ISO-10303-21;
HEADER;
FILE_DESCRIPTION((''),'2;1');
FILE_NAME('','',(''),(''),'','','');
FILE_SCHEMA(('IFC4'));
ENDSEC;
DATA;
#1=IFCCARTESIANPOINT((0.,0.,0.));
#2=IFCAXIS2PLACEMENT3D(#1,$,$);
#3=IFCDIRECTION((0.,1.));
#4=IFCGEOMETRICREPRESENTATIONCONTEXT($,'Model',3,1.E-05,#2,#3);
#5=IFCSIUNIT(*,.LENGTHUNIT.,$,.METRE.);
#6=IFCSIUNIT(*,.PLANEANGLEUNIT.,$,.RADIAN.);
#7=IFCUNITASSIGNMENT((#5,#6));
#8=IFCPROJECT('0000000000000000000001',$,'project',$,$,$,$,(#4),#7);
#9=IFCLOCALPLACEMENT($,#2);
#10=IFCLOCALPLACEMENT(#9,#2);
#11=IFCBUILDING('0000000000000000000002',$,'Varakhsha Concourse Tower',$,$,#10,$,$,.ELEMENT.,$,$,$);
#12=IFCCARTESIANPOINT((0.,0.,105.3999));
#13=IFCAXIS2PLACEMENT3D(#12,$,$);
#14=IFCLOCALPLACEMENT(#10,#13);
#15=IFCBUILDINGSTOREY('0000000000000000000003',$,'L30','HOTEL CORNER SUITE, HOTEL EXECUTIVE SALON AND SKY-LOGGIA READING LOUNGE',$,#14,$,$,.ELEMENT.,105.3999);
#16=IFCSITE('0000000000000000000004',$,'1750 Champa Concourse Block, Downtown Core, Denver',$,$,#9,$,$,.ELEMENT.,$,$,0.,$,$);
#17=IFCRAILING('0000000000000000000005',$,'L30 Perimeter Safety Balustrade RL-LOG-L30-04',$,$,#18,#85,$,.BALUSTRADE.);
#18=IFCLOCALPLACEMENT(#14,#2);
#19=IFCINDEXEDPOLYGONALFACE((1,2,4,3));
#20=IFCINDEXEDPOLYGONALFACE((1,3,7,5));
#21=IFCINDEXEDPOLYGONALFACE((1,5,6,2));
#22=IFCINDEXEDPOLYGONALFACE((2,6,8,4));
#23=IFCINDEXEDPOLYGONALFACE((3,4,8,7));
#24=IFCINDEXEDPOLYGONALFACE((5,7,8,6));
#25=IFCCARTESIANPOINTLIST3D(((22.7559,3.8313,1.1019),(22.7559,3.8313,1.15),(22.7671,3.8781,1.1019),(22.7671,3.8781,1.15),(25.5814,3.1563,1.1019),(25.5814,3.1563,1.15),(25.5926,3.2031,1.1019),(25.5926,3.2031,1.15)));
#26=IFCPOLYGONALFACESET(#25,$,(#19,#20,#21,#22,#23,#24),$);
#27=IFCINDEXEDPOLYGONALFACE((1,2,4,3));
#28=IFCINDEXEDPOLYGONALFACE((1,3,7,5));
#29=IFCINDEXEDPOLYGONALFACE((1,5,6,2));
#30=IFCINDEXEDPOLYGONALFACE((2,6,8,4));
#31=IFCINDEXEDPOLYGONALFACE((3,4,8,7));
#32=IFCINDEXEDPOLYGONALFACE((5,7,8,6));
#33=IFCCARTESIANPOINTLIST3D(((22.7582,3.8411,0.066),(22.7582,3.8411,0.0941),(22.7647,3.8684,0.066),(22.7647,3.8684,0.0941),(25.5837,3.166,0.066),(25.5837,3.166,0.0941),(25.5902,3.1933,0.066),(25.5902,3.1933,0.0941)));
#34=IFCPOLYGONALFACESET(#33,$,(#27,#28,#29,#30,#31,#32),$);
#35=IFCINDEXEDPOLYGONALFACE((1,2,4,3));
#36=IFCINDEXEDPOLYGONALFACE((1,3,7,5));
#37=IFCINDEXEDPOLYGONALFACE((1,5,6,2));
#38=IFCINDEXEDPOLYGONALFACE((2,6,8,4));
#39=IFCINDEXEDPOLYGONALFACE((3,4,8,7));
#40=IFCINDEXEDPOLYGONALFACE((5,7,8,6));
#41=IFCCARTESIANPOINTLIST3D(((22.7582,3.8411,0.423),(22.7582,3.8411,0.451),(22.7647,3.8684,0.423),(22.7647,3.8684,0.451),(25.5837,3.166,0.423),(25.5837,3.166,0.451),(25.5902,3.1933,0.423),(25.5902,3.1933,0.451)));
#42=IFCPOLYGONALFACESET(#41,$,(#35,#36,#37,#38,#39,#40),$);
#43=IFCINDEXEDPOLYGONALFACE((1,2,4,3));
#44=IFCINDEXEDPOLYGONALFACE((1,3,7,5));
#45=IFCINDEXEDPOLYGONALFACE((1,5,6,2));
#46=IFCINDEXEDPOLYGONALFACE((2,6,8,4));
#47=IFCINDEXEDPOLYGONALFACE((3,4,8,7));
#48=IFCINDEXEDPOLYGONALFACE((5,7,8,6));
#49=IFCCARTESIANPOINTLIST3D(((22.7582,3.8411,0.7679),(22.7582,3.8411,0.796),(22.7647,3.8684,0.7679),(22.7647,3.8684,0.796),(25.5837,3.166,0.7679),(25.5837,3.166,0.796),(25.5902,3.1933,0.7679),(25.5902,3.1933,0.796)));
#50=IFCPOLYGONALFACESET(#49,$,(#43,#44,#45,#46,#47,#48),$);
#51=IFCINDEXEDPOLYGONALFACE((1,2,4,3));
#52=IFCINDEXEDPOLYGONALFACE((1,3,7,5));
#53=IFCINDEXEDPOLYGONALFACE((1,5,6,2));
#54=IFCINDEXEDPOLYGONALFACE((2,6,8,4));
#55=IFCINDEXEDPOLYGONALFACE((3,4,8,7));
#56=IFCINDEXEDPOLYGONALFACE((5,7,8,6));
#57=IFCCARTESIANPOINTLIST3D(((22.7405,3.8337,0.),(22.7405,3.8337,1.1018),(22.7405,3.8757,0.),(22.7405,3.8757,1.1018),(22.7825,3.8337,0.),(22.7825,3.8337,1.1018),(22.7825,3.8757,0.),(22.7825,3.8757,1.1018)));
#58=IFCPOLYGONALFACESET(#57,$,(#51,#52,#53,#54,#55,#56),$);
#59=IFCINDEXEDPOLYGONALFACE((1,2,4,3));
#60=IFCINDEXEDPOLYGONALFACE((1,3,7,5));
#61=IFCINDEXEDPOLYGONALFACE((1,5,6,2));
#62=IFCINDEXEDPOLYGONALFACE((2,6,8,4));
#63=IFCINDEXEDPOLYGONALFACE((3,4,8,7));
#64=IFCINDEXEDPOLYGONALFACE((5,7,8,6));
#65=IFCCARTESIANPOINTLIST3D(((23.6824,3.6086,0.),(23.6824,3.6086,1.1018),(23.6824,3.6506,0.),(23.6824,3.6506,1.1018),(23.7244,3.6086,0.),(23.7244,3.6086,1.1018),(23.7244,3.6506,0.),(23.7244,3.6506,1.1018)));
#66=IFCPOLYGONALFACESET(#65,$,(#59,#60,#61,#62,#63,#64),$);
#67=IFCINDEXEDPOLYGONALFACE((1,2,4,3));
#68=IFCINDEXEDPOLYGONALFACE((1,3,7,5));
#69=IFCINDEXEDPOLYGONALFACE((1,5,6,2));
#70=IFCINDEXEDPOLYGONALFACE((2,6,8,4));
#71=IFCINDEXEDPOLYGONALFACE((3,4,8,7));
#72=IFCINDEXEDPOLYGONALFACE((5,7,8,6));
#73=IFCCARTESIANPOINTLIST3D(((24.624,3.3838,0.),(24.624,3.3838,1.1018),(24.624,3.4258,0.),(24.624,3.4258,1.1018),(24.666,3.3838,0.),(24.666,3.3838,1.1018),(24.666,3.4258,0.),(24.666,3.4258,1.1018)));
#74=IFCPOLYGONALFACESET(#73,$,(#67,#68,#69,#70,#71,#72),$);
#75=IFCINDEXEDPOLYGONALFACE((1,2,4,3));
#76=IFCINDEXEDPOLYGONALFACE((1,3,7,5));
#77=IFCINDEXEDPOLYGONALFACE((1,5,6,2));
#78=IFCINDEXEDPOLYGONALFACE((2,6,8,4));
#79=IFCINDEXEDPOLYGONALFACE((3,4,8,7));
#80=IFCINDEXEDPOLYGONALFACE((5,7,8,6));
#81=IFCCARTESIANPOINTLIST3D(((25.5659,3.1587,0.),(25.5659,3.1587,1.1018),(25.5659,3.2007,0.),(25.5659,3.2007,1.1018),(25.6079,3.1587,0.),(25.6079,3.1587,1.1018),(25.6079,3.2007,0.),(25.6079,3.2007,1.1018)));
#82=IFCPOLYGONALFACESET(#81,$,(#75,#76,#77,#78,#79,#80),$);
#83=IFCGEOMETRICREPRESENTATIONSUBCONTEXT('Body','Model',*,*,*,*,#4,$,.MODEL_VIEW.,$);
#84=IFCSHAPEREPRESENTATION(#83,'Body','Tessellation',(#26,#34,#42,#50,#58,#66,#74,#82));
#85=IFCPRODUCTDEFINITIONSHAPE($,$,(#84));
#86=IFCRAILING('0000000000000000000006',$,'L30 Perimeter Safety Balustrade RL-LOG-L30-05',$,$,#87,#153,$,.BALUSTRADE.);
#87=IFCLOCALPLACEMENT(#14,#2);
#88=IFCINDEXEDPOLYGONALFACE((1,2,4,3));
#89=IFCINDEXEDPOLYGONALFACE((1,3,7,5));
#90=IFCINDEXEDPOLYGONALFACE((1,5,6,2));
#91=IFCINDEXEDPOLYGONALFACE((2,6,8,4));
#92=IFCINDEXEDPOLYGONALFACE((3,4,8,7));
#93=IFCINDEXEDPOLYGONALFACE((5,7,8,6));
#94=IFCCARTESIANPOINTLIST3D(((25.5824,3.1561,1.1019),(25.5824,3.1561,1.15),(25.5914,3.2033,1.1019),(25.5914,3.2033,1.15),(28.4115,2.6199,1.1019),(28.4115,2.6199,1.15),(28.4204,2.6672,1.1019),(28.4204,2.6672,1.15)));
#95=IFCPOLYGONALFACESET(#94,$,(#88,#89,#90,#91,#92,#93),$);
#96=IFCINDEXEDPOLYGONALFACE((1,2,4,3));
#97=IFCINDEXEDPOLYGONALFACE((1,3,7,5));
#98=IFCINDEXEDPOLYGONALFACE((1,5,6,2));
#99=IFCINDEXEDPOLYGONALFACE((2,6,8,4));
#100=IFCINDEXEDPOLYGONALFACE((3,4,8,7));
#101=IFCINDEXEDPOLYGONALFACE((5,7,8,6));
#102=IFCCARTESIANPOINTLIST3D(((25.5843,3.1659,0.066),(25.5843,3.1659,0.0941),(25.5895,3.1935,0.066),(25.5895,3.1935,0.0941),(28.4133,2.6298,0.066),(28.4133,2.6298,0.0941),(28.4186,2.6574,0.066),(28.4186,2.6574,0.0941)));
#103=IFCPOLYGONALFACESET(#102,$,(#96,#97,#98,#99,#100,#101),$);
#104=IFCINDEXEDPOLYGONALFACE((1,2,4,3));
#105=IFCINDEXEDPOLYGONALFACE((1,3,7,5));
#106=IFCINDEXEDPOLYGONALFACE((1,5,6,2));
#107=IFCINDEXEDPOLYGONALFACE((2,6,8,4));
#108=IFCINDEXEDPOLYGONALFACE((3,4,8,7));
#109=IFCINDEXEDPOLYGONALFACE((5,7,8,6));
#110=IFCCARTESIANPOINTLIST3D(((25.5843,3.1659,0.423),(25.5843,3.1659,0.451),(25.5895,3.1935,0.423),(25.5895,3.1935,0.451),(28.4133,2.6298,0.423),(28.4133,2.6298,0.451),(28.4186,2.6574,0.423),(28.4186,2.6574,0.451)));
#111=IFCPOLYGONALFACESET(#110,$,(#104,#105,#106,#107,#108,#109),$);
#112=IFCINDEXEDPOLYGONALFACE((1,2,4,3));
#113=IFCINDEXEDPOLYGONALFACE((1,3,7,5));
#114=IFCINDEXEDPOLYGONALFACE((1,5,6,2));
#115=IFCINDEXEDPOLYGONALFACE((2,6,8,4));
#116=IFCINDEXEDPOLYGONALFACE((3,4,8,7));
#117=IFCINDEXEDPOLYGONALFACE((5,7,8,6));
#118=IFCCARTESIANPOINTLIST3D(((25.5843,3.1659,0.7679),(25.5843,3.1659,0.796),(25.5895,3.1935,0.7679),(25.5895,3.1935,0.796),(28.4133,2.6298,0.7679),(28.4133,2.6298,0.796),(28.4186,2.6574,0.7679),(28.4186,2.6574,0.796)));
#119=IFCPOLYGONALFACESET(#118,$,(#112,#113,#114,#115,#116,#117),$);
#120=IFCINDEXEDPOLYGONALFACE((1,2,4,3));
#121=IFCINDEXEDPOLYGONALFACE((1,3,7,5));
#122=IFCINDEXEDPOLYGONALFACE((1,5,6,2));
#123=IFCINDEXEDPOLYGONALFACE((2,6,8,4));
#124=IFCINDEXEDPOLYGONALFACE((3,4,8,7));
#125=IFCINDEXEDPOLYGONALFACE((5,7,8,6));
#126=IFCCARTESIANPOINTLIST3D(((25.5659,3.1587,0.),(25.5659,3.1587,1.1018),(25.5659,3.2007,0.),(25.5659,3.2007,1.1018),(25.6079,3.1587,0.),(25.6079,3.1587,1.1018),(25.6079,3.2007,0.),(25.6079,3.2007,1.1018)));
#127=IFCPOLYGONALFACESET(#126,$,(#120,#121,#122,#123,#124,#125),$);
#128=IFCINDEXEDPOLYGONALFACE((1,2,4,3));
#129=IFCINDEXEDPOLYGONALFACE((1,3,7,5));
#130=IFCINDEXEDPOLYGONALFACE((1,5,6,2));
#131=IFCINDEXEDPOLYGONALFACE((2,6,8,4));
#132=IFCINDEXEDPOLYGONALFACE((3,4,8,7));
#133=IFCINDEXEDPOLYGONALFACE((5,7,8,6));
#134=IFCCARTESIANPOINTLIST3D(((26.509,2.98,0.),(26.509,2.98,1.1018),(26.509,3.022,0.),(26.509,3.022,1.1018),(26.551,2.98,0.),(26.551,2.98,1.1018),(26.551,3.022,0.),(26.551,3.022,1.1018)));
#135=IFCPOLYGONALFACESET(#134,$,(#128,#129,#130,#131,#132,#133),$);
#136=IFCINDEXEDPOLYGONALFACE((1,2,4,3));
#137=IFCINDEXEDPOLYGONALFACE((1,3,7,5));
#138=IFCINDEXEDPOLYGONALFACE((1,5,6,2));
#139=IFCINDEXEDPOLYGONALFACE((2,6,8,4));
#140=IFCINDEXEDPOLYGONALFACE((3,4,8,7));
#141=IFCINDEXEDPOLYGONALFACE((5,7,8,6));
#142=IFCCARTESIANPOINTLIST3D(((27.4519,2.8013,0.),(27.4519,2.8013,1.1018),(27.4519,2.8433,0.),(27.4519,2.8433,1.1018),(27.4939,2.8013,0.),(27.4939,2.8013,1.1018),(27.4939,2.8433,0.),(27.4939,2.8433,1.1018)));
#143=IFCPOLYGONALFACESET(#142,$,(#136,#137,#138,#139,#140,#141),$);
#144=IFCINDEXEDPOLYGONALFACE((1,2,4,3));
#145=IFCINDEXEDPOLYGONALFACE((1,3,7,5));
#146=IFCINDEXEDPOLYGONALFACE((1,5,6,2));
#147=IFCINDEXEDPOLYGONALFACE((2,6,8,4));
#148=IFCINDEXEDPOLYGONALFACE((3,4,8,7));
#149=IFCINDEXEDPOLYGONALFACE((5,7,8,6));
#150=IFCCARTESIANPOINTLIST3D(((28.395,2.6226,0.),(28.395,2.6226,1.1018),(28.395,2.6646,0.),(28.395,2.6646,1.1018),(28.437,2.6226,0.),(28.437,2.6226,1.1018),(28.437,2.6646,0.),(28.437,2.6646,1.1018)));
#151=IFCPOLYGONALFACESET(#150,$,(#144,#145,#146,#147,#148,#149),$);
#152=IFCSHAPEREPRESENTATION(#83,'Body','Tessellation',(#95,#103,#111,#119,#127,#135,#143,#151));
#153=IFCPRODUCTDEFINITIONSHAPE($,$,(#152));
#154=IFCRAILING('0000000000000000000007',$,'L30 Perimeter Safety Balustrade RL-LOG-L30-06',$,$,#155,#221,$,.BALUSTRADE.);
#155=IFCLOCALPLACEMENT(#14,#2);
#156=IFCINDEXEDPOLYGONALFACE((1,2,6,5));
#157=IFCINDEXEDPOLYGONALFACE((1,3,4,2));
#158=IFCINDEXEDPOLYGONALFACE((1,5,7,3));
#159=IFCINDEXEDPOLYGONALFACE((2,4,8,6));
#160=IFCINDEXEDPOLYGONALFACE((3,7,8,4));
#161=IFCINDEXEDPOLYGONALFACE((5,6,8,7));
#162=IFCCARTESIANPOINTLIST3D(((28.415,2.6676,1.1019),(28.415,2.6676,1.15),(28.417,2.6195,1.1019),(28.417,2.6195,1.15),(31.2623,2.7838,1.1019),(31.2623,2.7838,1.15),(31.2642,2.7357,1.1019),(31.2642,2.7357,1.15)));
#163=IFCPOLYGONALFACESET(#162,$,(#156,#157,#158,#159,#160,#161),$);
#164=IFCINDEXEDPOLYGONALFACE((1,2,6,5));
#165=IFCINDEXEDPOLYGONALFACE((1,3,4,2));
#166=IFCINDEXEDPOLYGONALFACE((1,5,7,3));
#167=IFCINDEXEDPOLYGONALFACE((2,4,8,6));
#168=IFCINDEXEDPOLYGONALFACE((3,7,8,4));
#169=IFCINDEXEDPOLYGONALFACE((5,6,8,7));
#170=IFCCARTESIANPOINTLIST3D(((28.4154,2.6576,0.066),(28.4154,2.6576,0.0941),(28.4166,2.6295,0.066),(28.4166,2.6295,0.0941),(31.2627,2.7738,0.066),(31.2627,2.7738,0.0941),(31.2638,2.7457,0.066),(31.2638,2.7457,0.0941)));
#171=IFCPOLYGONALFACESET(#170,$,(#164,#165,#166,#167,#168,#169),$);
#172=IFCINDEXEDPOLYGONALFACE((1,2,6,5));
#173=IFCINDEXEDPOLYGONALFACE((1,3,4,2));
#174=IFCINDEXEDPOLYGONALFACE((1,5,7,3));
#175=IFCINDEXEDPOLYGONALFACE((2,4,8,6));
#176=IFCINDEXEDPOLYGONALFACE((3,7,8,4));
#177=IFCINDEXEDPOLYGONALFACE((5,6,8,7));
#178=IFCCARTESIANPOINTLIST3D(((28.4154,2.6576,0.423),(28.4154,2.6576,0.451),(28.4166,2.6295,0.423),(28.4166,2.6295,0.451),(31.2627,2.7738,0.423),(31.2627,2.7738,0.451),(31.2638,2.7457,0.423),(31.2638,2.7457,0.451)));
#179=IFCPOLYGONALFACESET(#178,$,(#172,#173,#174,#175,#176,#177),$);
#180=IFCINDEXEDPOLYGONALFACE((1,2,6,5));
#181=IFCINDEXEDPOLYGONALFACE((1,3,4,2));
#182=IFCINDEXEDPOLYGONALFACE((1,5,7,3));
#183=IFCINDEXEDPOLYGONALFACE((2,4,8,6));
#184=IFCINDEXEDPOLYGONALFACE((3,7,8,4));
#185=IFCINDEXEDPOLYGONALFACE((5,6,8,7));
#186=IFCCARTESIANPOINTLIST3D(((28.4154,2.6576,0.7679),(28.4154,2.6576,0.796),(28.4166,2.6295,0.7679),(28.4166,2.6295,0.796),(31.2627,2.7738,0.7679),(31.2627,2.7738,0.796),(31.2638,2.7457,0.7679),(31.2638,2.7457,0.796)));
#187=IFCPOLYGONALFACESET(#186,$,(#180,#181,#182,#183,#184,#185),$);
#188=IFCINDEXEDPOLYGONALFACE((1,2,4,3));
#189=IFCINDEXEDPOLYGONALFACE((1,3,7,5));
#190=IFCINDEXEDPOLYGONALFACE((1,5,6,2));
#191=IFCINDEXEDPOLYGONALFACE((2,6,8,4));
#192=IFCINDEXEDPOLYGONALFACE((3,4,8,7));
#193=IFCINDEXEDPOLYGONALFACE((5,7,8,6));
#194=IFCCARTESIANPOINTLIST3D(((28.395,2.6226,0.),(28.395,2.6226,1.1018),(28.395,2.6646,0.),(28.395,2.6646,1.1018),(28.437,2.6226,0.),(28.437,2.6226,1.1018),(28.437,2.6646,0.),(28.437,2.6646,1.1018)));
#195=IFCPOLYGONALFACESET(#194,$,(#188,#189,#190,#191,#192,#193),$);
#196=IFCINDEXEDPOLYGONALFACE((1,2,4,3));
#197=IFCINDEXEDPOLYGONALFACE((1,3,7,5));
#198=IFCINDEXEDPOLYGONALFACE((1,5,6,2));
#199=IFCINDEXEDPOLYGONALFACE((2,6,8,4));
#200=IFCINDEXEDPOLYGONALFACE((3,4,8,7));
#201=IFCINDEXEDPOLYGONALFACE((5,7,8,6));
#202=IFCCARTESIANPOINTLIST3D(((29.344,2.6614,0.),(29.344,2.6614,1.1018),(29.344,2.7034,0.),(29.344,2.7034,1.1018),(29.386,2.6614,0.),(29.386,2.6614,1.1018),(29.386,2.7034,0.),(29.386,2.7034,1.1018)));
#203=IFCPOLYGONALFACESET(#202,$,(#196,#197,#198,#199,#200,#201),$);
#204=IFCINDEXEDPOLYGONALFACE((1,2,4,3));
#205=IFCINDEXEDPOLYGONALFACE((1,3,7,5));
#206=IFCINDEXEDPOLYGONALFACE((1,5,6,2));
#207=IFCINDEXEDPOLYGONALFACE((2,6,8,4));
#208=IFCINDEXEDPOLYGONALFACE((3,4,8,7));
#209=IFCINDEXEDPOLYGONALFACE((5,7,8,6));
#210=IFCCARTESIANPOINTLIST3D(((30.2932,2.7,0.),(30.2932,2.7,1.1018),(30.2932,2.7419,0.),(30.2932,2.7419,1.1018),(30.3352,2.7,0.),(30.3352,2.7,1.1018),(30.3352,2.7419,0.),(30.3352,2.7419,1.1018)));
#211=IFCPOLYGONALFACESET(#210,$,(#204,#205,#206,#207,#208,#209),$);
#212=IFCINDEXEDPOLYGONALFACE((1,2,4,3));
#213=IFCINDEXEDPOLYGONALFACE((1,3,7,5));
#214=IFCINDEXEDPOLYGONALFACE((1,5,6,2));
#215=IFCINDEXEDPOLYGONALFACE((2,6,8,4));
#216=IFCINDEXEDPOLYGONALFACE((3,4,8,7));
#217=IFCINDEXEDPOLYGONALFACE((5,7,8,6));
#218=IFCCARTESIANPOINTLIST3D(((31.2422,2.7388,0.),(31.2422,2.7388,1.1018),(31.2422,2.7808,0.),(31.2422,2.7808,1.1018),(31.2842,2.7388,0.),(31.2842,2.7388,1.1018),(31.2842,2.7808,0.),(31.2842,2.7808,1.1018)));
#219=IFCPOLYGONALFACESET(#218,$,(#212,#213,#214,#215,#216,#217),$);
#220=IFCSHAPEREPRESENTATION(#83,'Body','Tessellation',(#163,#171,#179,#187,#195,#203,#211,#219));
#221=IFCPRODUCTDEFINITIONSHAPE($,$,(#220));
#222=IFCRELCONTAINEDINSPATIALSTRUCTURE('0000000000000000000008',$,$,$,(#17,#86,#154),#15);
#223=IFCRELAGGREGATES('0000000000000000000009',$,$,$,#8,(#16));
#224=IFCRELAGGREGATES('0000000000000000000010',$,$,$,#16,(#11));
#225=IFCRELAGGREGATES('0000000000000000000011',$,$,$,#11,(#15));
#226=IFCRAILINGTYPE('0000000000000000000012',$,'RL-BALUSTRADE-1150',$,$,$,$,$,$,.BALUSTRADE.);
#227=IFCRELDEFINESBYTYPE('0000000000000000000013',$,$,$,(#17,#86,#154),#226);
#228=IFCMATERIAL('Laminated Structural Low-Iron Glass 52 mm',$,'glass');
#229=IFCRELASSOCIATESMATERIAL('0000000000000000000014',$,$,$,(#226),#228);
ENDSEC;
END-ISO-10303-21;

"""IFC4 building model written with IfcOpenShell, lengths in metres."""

from ifc_helpers import new_model, si_unit, direction, frame, origin, origin_2d, place, context, subcontext, project, spatial, rectangle, extrude, material, type_object, element, save


model = new_model("IFC4")

# Units and contexts
model_context = context("Model", 3, precision=1e-05, world=origin(), true_north=direction((0.0, 1.0)))
body_context = subcontext(model_context, "Body", "Model", "MODEL_VIEW")
ifc_project = project(units=[si_unit("LENGTHUNIT", "METRE"), si_unit("PLANEANGLEUNIT", "RADIAN")], contexts=[model_context])

# Site, building, storey
site_placement = place(None, origin())
site = spatial("IfcSite", under=ifc_project, at=site_placement, Name="1750 Champa Concourse Block, Downtown Core, Denver", CompositionType="ELEMENT", RefElevation=0.0)
building_placement = place(site_placement, origin())
building = spatial("IfcBuilding", under=site, at=building_placement, Name="Varakhsha Concourse Tower", CompositionType="ELEMENT")
storey_placement = place(building_placement, frame((0.0, 0.0, 105.3999)))
storey = spatial("IfcBuildingStorey", under=building, at=storey_placement, Name="L30", Description="HOTEL CORNER SUITE, HOTEL EXECUTIVE SALON AND SKY-LOGGIA READING LOUNGE", CompositionType="ELEMENT", Elevation=105.3999)

# Railings
ifc_material_1 = material(Name="Laminated Structural Low-Iron Glass 52 mm", Category="glass")
railing_type = type_object("IfcRailingType", Name="RL-BALUSTRADE-1150", PredefinedType="BALUSTRADE", material=ifc_material_1)
railing_1_placement = place(storey_placement, frame((22.7615, 3.8547, 0.0)))
element("IfcRailing", 1, at=railing_1_placement, inside=storey, type_object=railing_type, Name="L30 Perimeter Safety Balustrade RL-LOG-L30-04", PredefinedType="BALUSTRADE", context=body_context, shape_type="SweptSolid", body=[
    extrude(rectangle(XDim=0.0481, YDim=0.0481, at=origin_2d()), frame((0.0, 0.0, 1.126), z_axis=(0.972626, -0.232378, 0.0), x_axis=(0.232378, 0.972626, 0.0)), (0.0, 0.0, 1.0), 2.905),
    extrude(rectangle(XDim=0.0281, YDim=0.0281, at=origin_2d()), frame((0.0, 0.0, 0.0801), z_axis=(0.972626, -0.232378, 0.0), x_axis=(0.232378, 0.972626, 0.0)), (0.0, 0.0, 1.0), 2.905),
    extrude(rectangle(XDim=0.0281, YDim=0.0281, at=origin_2d()), frame((0.0, 0.0, 0.437), z_axis=(0.972626, -0.232378, 0.0), x_axis=(0.232378, 0.972626, 0.0)), (0.0, 0.0, 1.0), 2.905),
    extrude(rectangle(XDim=0.0281, YDim=0.0281, at=origin_2d()), frame((0.0, 0.0, 0.782), z_axis=(0.972626, -0.232378, 0.0), x_axis=(0.232378, 0.972626, 0.0)), (0.0, 0.0, 1.0), 2.905),
    extrude(rectangle(XDim=0.042, YDim=0.042, at=origin_2d()), origin(), (0.0, 0.0, 1.0), 1.1018),
    extrude(rectangle(XDim=0.042, YDim=0.042, at=origin_2d()), frame((0.9419, -0.2251, 0.0)), (0.0, 0.0, 1.0), 1.1018),
    extrude(rectangle(XDim=0.042, YDim=0.042, at=origin_2d()), frame((1.8835, -0.45, 0.0)), (0.0, 0.0, 1.0), 1.1018),
    extrude(rectangle(XDim=0.042, YDim=0.042, at=origin_2d()), frame((2.8254, -0.675, 0.0)), (0.0, 0.0, 1.0), 1.1018),
])
railing_2_placement = place(storey_placement, frame((25.5869, 3.1797, 0.0)))
element("IfcRailing", 2, at=railing_2_placement, inside=storey, type_object=railing_type, Name="L30 Perimeter Safety Balustrade RL-LOG-L30-05", PredefinedType="BALUSTRADE", context=body_context, shape_type="SweptSolid", body=[
    extrude(rectangle(XDim=0.0481, YDim=0.0481, at=origin_2d()), frame((0.0, 0.0, 1.126), z_axis=(0.982513, -0.186193, 0.0), x_axis=(0.186193, 0.982513, 0.0)), (0.0, 0.0, 1.0), 2.8794),
    extrude(rectangle(XDim=0.0281, YDim=0.0281, at=origin_2d()), frame((0.0, 0.0, 0.0801), z_axis=(0.982513, -0.186193, 0.0), x_axis=(0.186193, 0.982513, 0.0)), (0.0, 0.0, 1.0), 2.8794),
    extrude(rectangle(XDim=0.0281, YDim=0.0281, at=origin_2d()), frame((0.0, 0.0, 0.437), z_axis=(0.982513, -0.186193, 0.0), x_axis=(0.186193, 0.982513, 0.0)), (0.0, 0.0, 1.0), 2.8794),
    extrude(rectangle(XDim=0.0281, YDim=0.0281, at=origin_2d()), frame((0.0, 0.0, 0.782), z_axis=(0.982513, -0.186193, 0.0), x_axis=(0.186193, 0.982513, 0.0)), (0.0, 0.0, 1.0), 2.8794),
    extrude(rectangle(XDim=0.042, YDim=0.042, at=origin_2d()), origin(), (0.0, 0.0, 1.0), 1.1018),
    extrude(rectangle(XDim=0.042, YDim=0.042, at=origin_2d()), frame((0.9431, -0.1787, 0.0)), (0.0, 0.0, 1.0), 1.1018),
    extrude(rectangle(XDim=0.042, YDim=0.042, at=origin_2d()), frame((1.886, -0.3574, 0.0)), (0.0, 0.0, 1.0), 1.1018),
    extrude(rectangle(XDim=0.042, YDim=0.042, at=origin_2d()), frame((2.8291, -0.5361, 0.0)), (0.0, 0.0, 1.0), 1.1018),
])
railing_3_placement = place(storey_placement, frame((28.416, 2.6436, 0.0)))
element("IfcRailing", 3, at=railing_3_placement, inside=storey, type_object=railing_type, Name="L30 Perimeter Safety Balustrade RL-LOG-L30-06", PredefinedType="BALUSTRADE", context=body_context, shape_type="SweptSolid", body=[
    extrude(rectangle(XDim=0.0481, YDim=0.0481, at=origin_2d()), frame((0.0, 0.0, 1.126), z_axis=(0.999168, 0.040782, 0.0), x_axis=(-0.040782, 0.999168, 0.0)), (0.0, 0.0, 1.0), 2.8496),
    extrude(rectangle(XDim=0.0281, YDim=0.0281, at=origin_2d()), frame((0.0, 0.0, 0.0801), z_axis=(0.999168, 0.040782, 0.0), x_axis=(-0.040782, 0.999168, 0.0)), (0.0, 0.0, 1.0), 2.8496),
    extrude(rectangle(XDim=0.0281, YDim=0.0281, at=origin_2d()), frame((0.0, 0.0, 0.437), z_axis=(0.999168, 0.040782, 0.0), x_axis=(-0.040782, 0.999168, 0.0)), (0.0, 0.0, 1.0), 2.8496),
    extrude(rectangle(XDim=0.0281, YDim=0.0281, at=origin_2d()), frame((0.0, 0.0, 0.782), z_axis=(0.999168, 0.040782, 0.0), x_axis=(-0.040782, 0.999168, 0.0)), (0.0, 0.0, 1.0), 2.8496),
    extrude(rectangle(XDim=0.042, YDim=0.042, at=origin_2d()), origin(), (0.0, 0.0, 1.0), 1.1018),
    extrude(rectangle(XDim=0.042, YDim=0.042, at=origin_2d()), frame((0.949, 0.0388, 0.0)), (0.0, 0.0, 1.0), 1.1018),
    extrude(rectangle(XDim=0.042, YDim=0.042, at=origin_2d()), frame((1.8982, 0.0774, 0.0)), (0.0, 0.0, 1.0), 1.1018),
    extrude(rectangle(XDim=0.042, YDim=0.042, at=origin_2d()), frame((2.8472, 0.1162, 0.0)), (0.0, 0.0, 1.0), 1.1018),
])

save(model, "model.ifc")
